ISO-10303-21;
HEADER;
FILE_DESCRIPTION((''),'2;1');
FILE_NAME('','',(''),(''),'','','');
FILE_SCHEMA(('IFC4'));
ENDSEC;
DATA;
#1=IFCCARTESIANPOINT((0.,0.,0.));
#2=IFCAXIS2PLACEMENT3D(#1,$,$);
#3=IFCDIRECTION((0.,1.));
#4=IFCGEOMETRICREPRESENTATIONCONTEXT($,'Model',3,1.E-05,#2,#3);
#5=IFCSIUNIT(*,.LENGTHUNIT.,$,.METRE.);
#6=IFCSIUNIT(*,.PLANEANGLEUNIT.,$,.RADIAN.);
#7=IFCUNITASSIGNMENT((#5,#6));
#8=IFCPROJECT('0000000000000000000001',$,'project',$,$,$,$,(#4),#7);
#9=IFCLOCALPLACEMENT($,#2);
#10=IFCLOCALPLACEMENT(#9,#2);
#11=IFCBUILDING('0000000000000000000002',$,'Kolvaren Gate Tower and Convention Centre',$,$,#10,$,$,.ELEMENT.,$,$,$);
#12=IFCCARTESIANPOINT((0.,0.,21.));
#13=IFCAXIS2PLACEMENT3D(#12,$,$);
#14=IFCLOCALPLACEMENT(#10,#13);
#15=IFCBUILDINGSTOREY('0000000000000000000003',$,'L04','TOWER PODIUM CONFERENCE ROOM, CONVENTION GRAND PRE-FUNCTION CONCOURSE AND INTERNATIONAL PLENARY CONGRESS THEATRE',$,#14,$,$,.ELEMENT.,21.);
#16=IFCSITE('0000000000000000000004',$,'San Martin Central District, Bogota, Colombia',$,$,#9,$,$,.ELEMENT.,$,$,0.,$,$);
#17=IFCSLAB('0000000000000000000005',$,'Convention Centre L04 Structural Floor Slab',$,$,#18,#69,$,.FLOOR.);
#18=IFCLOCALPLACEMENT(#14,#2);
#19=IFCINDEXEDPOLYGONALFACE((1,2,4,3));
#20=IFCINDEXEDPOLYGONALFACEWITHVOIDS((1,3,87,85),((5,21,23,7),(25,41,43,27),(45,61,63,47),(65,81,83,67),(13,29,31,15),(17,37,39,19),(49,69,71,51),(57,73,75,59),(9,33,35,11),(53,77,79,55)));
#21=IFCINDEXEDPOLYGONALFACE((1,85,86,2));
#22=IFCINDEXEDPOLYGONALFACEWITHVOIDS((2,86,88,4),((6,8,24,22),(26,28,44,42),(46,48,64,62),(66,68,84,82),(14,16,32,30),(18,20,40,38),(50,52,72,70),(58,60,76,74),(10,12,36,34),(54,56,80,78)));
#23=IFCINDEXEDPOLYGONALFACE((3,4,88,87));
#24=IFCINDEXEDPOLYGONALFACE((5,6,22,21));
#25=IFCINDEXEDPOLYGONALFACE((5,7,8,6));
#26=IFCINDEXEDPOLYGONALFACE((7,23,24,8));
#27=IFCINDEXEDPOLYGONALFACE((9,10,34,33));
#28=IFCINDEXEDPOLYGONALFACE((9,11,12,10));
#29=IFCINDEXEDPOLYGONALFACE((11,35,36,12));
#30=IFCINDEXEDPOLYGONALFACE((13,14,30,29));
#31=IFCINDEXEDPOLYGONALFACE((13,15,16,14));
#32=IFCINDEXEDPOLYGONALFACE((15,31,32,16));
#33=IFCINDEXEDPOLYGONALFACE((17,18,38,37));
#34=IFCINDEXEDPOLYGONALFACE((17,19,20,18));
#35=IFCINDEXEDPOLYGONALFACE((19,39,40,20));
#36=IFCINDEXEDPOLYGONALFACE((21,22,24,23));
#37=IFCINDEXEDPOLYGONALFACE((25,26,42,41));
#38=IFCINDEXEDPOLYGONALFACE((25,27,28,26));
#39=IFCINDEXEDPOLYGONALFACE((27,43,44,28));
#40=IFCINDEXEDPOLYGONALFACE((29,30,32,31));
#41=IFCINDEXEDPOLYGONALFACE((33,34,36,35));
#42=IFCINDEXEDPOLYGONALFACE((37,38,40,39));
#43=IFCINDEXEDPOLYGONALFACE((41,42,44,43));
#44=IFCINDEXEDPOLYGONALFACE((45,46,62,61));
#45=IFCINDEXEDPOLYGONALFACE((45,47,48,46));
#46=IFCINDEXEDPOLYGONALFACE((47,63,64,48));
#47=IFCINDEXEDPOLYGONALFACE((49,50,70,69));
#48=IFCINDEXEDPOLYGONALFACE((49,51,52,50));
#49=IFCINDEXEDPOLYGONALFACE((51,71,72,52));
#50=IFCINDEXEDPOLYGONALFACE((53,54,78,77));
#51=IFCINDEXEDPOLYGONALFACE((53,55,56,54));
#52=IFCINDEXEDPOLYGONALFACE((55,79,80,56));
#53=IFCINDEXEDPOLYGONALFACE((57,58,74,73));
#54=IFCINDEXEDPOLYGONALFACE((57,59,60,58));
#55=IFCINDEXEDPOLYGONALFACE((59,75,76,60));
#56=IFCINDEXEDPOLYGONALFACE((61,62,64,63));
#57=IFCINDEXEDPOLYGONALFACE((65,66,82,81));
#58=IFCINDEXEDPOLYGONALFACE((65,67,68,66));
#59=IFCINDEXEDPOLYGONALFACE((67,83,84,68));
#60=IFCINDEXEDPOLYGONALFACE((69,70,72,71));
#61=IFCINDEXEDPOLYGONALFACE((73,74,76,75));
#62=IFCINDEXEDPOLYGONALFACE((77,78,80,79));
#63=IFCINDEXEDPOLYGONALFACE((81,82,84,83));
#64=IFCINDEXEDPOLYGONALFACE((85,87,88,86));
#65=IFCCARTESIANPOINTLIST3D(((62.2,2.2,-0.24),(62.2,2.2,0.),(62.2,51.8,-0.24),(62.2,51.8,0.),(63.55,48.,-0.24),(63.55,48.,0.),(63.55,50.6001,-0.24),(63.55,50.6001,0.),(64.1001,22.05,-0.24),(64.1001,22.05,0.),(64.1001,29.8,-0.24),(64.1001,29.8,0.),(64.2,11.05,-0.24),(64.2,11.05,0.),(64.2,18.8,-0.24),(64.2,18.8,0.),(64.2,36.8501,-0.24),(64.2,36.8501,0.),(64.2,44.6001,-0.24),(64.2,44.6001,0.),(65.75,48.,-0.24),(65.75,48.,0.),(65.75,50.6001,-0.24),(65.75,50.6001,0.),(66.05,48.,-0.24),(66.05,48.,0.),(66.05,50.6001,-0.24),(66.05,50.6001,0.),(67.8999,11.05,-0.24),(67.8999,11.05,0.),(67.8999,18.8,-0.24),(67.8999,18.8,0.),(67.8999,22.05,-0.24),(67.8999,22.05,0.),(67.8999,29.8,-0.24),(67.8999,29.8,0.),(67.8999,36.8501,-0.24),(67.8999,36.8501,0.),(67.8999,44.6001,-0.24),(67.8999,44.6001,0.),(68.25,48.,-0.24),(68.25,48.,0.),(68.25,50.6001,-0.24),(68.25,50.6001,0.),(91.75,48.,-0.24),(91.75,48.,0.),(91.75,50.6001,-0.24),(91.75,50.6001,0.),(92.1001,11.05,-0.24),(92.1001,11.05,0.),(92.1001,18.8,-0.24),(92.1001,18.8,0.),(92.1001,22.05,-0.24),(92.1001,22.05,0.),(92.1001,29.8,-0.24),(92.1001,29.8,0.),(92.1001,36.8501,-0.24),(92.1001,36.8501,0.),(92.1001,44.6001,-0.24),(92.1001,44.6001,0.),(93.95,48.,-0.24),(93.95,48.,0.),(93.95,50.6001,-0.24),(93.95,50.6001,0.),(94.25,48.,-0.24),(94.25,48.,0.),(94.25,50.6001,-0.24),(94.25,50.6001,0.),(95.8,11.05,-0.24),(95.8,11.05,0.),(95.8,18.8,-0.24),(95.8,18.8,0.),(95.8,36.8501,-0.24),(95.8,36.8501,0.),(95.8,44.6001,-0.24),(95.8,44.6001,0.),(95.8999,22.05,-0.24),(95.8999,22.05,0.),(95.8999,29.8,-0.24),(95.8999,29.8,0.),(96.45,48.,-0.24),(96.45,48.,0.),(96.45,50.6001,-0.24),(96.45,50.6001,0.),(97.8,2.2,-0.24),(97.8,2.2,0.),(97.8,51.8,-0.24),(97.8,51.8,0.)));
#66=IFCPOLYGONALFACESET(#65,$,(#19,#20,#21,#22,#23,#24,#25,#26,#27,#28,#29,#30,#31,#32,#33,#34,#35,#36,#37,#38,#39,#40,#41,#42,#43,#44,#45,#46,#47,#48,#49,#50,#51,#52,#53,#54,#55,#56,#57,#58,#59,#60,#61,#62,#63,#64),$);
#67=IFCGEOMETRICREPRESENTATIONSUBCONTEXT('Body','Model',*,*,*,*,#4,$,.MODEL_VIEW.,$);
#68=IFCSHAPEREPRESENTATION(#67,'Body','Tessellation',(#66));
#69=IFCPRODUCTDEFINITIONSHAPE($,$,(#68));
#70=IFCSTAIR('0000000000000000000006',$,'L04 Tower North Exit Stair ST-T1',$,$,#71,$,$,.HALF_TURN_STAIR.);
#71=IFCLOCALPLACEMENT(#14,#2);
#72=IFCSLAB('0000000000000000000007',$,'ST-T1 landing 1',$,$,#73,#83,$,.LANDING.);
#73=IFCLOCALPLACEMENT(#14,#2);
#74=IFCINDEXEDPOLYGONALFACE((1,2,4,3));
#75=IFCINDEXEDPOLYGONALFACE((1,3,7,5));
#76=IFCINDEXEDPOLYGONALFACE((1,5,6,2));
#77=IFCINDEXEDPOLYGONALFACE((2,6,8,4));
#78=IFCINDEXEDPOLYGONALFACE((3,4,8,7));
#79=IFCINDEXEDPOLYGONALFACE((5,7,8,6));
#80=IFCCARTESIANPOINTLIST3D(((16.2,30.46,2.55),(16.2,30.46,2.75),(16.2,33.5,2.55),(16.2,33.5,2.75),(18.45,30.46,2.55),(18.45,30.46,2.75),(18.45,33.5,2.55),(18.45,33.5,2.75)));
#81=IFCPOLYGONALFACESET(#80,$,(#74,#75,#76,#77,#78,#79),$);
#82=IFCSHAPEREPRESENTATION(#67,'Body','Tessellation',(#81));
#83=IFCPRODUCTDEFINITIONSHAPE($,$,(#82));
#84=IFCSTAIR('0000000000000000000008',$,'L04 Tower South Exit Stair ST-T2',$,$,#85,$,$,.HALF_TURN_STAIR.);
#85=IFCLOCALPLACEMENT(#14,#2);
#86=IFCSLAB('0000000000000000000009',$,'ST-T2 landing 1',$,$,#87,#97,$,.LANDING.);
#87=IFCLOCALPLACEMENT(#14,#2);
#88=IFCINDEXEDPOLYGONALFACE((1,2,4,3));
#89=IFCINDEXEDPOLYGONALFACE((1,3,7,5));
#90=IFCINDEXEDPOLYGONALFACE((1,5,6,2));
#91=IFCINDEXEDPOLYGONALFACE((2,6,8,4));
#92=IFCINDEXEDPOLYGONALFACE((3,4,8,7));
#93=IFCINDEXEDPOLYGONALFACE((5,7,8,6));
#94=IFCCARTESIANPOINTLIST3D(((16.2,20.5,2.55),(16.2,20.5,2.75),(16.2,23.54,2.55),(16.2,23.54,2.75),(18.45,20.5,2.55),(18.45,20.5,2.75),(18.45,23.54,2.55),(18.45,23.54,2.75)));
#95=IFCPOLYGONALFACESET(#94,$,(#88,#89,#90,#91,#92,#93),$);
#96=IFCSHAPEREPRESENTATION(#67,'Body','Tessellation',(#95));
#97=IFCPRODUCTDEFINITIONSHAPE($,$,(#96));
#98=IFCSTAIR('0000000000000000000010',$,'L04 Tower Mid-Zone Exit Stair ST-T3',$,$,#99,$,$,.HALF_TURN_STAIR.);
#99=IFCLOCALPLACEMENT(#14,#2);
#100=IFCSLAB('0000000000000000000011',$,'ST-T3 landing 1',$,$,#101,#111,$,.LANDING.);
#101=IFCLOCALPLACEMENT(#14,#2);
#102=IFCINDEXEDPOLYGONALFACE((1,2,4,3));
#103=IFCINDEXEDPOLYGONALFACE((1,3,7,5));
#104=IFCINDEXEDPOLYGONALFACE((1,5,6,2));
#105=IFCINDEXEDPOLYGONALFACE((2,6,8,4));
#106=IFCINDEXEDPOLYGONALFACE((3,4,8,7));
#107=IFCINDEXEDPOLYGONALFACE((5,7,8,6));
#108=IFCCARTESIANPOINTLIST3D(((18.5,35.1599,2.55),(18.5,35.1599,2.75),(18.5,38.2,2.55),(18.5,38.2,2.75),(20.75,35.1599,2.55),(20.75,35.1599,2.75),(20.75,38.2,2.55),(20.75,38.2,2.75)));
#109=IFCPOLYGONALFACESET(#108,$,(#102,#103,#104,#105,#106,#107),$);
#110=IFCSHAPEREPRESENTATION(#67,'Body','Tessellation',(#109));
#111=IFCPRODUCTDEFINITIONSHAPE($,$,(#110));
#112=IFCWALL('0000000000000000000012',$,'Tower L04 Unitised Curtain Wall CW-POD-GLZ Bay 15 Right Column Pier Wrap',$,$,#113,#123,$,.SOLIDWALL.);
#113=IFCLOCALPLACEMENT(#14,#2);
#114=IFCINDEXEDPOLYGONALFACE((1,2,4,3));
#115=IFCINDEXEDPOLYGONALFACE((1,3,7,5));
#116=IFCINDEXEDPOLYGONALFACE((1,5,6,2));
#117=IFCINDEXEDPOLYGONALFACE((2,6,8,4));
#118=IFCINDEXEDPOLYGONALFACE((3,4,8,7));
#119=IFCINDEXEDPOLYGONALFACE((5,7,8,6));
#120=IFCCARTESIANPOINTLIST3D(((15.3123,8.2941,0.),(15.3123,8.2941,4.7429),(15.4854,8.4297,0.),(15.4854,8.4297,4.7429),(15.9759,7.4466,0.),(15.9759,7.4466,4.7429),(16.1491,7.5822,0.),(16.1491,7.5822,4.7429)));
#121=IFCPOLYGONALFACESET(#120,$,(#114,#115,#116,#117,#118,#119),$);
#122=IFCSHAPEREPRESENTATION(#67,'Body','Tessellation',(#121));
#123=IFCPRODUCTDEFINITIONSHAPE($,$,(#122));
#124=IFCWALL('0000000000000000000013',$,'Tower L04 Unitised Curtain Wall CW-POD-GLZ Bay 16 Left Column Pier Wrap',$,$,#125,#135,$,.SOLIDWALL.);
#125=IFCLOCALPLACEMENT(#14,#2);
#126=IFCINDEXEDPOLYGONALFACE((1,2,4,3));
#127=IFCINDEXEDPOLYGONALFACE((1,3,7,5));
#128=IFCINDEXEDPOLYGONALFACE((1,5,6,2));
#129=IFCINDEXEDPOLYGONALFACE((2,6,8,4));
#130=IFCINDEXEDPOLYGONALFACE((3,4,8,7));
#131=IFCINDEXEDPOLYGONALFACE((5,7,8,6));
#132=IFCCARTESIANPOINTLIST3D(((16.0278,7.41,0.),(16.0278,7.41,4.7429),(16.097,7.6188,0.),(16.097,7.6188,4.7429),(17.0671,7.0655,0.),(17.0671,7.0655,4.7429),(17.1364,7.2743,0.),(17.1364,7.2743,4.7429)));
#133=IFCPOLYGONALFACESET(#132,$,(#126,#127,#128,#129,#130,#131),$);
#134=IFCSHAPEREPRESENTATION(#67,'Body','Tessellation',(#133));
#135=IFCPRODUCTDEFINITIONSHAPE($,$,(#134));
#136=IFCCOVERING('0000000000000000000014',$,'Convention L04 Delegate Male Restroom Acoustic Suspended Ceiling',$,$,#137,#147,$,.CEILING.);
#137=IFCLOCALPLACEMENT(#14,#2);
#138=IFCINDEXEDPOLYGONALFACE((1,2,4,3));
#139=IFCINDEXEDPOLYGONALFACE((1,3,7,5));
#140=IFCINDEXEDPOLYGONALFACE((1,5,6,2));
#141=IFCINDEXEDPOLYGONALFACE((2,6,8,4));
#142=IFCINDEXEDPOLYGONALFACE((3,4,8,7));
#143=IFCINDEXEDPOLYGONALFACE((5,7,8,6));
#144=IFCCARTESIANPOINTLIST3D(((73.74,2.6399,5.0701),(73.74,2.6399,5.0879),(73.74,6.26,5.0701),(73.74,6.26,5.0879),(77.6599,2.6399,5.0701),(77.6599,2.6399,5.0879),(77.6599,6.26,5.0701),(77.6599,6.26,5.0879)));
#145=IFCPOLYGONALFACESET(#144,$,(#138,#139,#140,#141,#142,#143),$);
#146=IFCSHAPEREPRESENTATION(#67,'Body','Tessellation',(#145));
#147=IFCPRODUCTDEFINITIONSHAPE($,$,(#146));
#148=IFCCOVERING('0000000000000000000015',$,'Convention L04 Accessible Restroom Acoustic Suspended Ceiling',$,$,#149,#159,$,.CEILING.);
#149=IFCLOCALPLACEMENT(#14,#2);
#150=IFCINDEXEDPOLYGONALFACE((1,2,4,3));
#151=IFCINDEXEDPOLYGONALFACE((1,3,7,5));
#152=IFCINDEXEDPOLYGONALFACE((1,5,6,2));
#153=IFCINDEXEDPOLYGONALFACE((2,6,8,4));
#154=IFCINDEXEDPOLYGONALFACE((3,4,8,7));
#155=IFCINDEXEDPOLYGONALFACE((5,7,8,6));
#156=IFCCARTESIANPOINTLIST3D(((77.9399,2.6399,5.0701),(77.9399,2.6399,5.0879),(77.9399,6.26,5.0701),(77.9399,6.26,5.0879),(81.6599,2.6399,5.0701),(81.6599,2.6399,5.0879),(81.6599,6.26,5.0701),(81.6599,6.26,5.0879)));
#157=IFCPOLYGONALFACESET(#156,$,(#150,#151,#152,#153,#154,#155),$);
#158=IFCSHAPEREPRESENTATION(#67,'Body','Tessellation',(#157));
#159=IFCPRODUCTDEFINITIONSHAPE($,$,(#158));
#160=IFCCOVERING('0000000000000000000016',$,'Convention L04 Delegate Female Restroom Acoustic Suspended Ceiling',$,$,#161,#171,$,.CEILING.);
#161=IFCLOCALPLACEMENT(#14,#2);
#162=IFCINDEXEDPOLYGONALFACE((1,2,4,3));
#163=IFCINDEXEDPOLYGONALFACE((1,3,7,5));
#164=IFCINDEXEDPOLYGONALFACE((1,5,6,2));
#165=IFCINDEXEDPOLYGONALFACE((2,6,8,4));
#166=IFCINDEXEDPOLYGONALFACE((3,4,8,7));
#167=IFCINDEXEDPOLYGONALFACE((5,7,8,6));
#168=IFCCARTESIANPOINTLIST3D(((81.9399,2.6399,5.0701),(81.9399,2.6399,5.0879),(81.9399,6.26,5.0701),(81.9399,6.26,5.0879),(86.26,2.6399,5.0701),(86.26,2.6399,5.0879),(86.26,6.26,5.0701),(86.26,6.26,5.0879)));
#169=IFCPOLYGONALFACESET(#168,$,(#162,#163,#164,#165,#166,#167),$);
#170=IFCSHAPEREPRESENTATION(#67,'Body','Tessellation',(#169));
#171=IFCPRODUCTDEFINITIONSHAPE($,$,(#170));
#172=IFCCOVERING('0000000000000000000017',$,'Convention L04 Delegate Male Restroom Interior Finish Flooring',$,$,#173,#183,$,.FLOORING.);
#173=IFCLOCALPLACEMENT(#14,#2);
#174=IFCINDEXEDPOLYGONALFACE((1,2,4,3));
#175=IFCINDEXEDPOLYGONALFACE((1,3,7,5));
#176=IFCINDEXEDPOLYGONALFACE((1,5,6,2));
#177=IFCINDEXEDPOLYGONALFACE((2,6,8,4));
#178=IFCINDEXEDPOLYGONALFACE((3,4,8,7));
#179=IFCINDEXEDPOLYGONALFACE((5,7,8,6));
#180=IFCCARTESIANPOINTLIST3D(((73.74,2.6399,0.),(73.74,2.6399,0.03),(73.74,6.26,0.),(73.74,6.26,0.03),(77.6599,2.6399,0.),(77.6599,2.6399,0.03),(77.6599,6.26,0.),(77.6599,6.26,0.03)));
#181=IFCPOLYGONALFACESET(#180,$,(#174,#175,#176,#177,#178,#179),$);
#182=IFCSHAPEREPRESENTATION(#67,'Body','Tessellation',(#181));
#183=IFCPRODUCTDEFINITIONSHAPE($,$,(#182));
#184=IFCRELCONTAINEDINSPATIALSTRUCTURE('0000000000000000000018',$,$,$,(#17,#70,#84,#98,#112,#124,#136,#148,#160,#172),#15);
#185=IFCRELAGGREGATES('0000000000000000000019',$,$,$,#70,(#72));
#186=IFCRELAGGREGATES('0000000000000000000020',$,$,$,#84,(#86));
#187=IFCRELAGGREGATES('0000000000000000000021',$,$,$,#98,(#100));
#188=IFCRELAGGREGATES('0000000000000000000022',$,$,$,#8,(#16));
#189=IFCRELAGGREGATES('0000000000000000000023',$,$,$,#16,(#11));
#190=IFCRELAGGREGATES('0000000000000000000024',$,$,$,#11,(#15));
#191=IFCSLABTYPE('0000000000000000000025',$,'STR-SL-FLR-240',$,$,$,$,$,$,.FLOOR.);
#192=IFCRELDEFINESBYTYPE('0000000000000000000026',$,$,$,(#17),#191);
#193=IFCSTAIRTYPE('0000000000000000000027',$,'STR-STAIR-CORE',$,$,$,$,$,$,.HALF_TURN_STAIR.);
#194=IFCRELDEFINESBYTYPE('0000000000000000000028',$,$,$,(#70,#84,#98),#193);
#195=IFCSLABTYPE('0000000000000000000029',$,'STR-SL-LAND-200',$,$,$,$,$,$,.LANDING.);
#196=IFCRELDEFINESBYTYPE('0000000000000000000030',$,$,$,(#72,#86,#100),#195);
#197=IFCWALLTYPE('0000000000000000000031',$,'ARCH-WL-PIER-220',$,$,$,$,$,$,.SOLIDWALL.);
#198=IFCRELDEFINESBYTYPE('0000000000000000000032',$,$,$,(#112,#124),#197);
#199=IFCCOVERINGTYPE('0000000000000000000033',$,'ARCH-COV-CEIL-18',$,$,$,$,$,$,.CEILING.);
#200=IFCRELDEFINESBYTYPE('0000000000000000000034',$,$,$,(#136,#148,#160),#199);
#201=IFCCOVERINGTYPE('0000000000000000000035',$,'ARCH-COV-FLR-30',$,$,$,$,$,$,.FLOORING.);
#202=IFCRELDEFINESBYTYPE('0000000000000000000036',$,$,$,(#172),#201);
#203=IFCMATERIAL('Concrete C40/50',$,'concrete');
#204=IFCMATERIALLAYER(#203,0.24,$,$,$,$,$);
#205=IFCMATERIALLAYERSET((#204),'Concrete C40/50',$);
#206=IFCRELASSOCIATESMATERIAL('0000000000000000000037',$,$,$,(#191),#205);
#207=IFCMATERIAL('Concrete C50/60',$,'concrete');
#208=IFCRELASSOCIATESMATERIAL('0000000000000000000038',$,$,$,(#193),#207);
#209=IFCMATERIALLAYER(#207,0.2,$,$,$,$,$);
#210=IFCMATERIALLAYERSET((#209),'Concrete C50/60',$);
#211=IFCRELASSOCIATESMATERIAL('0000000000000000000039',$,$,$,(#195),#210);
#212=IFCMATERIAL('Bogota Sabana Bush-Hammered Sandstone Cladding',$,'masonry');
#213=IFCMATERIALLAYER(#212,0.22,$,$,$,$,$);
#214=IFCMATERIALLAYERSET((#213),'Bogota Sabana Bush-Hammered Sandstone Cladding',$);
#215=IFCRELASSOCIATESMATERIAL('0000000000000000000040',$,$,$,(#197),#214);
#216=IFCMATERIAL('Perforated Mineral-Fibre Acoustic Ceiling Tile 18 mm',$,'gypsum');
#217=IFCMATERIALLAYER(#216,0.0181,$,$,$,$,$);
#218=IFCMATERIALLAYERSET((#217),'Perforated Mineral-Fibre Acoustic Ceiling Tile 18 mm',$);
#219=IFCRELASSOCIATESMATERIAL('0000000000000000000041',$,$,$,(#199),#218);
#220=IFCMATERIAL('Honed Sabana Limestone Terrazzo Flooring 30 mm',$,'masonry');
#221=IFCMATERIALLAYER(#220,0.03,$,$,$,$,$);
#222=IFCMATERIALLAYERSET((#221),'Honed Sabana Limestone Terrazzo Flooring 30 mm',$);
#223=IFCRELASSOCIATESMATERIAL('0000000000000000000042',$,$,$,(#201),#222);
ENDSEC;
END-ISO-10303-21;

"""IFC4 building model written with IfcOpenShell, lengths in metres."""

from ifc_helpers import new_model, si_unit, direction, frame, frame_2d, origin, place, context, subcontext, project, spatial, polyline, rectangle, outline, extrude, material, layer, layer_set, type_object, element, aggregate, save


model = new_model("IFC4")

# Units and contexts
model_context = context("Model", 3, precision=1e-05, world=origin(), true_north=direction((0.0, 1.0)))
body_context = subcontext(model_context, "Body", "Model", "MODEL_VIEW")
ifc_project = project(units=[si_unit("LENGTHUNIT", "METRE"), si_unit("PLANEANGLEUNIT", "RADIAN")], contexts=[model_context])

# Site, building, storey
site_placement = place(None, origin())
site = spatial("IfcSite", under=ifc_project, at=site_placement, Name="San Martin Central District, Bogota, Colombia", CompositionType="ELEMENT", RefElevation=0.0)
building_placement = place(site_placement, origin())
building = spatial("IfcBuilding", under=site, at=building_placement, Name="Kolvaren Gate Tower and Convention Centre", CompositionType="ELEMENT")
storey_placement = place(building_placement, frame((0.0, 0.0, 21.0)))
storey = spatial("IfcBuildingStorey", under=building, at=storey_placement, Name="L04", Description="TOWER PODIUM CONFERENCE ROOM, CONVENTION GRAND PRE-FUNCTION CONCOURSE AND INTERNATIONAL PLENARY CONGRESS THEATRE", CompositionType="ELEMENT", Elevation=21.0)

# Slab
ifc_material_1 = material(Name="Concrete C40/50", Category="concrete")
ifc_layer_1 = layer(ifc_material_1, 0.24)
ifc_layer_set_1 = layer_set([ifc_layer_1], Name="Concrete C40/50")
slab_type_1 = type_object("IfcSlabType", Name="STR-SL-FLR-240", PredefinedType="FLOOR", material=ifc_layer_set_1)
slab_1_placement = place(storey_placement, frame((0.0, 0.0, -0.24)))
element("IfcSlab", 1, at=slab_1_placement, inside=storey, type_object=slab_type_1, Name="Convention Centre L04 Structural Floor Slab", PredefinedType="FLOOR", context=body_context, shape_type="SweptSolid", body=[
    extrude(outline(polyline([(62.2, 2.2), (97.8, 2.2), (97.8, 51.8), (62.2, 51.8), (62.2, 2.2)]), holes=[polyline([(94.25, 48.0), (94.25, 50.6001), (96.45, 50.6001), (96.45, 48.0), (94.25, 48.0)]), polyline([(95.8999, 22.05), (92.1001, 22.05), (92.1001, 29.8), (95.8999, 29.8), (95.8999, 22.05)]), polyline([(95.8, 18.8), (95.8, 11.05), (92.1001, 11.05), (92.1001, 18.8), (95.8, 18.8)]), polyline([(95.8, 44.6001), (95.8, 36.8501), (92.1001, 36.8501), (92.1001, 44.6001), (95.8, 44.6001)]), polyline([(91.75, 48.0), (91.75, 50.6001), (93.95, 50.6001), (93.95, 48.0), (91.75, 48.0)]), polyline([(68.25, 48.0), (66.05, 48.0), (66.05, 50.6001), (68.25, 50.6001), (68.25, 48.0)]), polyline([(67.8999, 18.8), (67.8999, 11.05), (64.2, 11.05), (64.2, 18.8), (67.8999, 18.8)]), polyline([(67.8999, 29.8), (67.8999, 22.05), (64.1001, 22.05), (64.1001, 29.8), (67.8999, 29.8)]), polyline([(67.8999, 36.8501), (64.2, 36.8501), (64.2, 44.6001), (67.8999, 44.6001), (67.8999, 36.8501)]), polyline([(65.75, 48.0), (63.55, 48.0), (63.55, 50.6001), (65.75, 50.6001), (65.75, 48.0)])]), origin(), (0.0, 0.0, 1.0), 0.24),
])

# Stairs, slabs
ifc_material_2 = material(Name="Concrete C50/60", Category="concrete")
stair_type = type_object("IfcStairType", Name="STR-STAIR-CORE", PredefinedType="HALF_TURN_STAIR", material=ifc_material_2)
stair_1_placement = place(storey_placement, origin())
stair_1 = element("IfcStair", 2, at=stair_1_placement, inside=storey, type_object=stair_type, Name="L04 Tower North Exit Stair ST-T1", PredefinedType="HALF_TURN_STAIR")
ifc_layer_2 = layer(ifc_material_2, 0.2)
ifc_layer_set_2 = layer_set([ifc_layer_2], Name="Concrete C50/60")
slab_type_2 = type_object("IfcSlabType", Name="STR-SL-LAND-200", PredefinedType="LANDING", material=ifc_layer_set_2)
slab_2_placement = place(storey_placement, frame((0.0, 0.0, 2.55)))
slab_2 = element("IfcSlab", 3, at=slab_2_placement, type_object=slab_type_2, Name="ST-T1 landing 1", PredefinedType="LANDING", context=body_context, shape_type="SweptSolid", body=[
    extrude(outline(polyline([(18.45, 33.5), (16.2, 33.5), (16.2, 30.46), (18.45, 30.46), (18.45, 33.5)])), origin(), (0.0, 0.0, 1.0), 0.2),
])
aggregate(stair_1, [slab_2])
stair_2_placement = place(storey_placement, origin())
stair_2 = element("IfcStair", 4, at=stair_2_placement, inside=storey, type_object=stair_type, Name="L04 Tower South Exit Stair ST-T2", PredefinedType="HALF_TURN_STAIR")
slab_3_placement = place(storey_placement, frame((0.0, 0.0, 2.55)))
slab_3 = element("IfcSlab", 5, at=slab_3_placement, type_object=slab_type_2, Name="ST-T2 landing 1", PredefinedType="LANDING", context=body_context, shape_type="SweptSolid", body=[
    extrude(outline(polyline([(18.45, 23.54), (16.2, 23.54), (16.2, 20.5), (18.45, 20.5), (18.45, 23.54)])), origin(), (0.0, 0.0, 1.0), 0.2),
])
aggregate(stair_2, [slab_3])
stair_3_placement = place(storey_placement, origin())
stair_3 = element("IfcStair", 6, at=stair_3_placement, inside=storey, type_object=stair_type, Name="L04 Tower Mid-Zone Exit Stair ST-T3", PredefinedType="HALF_TURN_STAIR")
slab_4_placement = place(storey_placement, frame((0.0, 0.0, 2.55)))
slab_4 = element("IfcSlab", 7, at=slab_4_placement, type_object=slab_type_2, Name="ST-T3 landing 1", PredefinedType="LANDING", context=body_context, shape_type="SweptSolid", body=[
    extrude(outline(polyline([(20.75, 38.2), (18.5, 38.2), (18.5, 35.1599), (20.75, 35.1599), (20.75, 38.2)])), origin(), (0.0, 0.0, 1.0), 0.2),
])
aggregate(stair_3, [slab_4])

# Walls
ifc_material_3 = material(Name="Bogota Sabana Bush-Hammered Sandstone Cladding", Category="masonry")
ifc_layer_3 = layer(ifc_material_3, 0.22)
ifc_layer_set_3 = layer_set([ifc_layer_3], Name="Bogota Sabana Bush-Hammered Sandstone Cladding")
wall_type = type_object("IfcWallType", Name="ARCH-WL-PIER-220", PredefinedType="SOLIDWALL", material=ifc_layer_set_3)
wall_1_placement = place(storey_placement, frame((15.3989, 8.3618, 0.0), z_axis=(0.0, 0.0, 1.0), x_axis=(0.616528, -0.787333, 0.0)))
element("IfcWall", 8, at=wall_1_placement, inside=storey, type_object=wall_type, Name="Tower L04 Unitised Curtain Wall CW-POD-GLZ Bay 15 Right Column Pier Wrap", PredefinedType="SOLIDWALL", context=body_context, shape_type="SweptSolid", body=[
    extrude(rectangle(XDim=1.0764, YDim=0.22, at=frame_2d((0.5381, 0.0))), origin(), (0.0, 0.0, 1.0), 4.7429),
])
wall_2_placement = place(storey_placement, frame((16.0625, 7.5144, 0.0), z_axis=(0.0, 0.0, 1.0), x_axis=(0.949217, -0.314622, 0.0)))
element("IfcWall", 9, at=wall_2_placement, inside=storey, type_object=wall_type, Name="Tower L04 Unitised Curtain Wall CW-POD-GLZ Bay 16 Left Column Pier Wrap", PredefinedType="SOLIDWALL", context=body_context, shape_type="SweptSolid", body=[
    extrude(rectangle(XDim=1.095, YDim=0.22, at=frame_2d((0.5474, 0.0))), origin(), (0.0, 0.0, 1.0), 4.7429),
])

# Coverings
ifc_material_4 = material(Name="Perforated Mineral-Fibre Acoustic Ceiling Tile 18 mm", Category="gypsum")
ifc_layer_4 = layer(ifc_material_4, 0.0181)
ifc_layer_set_4 = layer_set([ifc_layer_4], Name="Perforated Mineral-Fibre Acoustic Ceiling Tile 18 mm")
covering_type_1 = type_object("IfcCoveringType", Name="ARCH-COV-CEIL-18", PredefinedType="CEILING", material=ifc_layer_set_4)
covering_1_placement = place(storey_placement, frame((0.0, 0.0, 5.0701)))
element("IfcCovering", 10, at=covering_1_placement, inside=storey, type_object=covering_type_1, Name="Convention L04 Delegate Male Restroom Acoustic Suspended Ceiling", PredefinedType="CEILING", context=body_context, shape_type="SweptSolid", body=[
    extrude(outline(polyline([(73.74, 6.26), (77.6599, 6.26), (77.6599, 2.6399), (73.74, 2.6399), (73.74, 6.26)])), origin(), (0.0, 0.0, 1.0), 0.0178),
])
covering_2_placement = place(storey_placement, frame((0.0, 0.0, 5.0701)))
element("IfcCovering", 11, at=covering_2_placement, inside=storey, type_object=covering_type_1, Name="Convention L04 Accessible Restroom Acoustic Suspended Ceiling", PredefinedType="CEILING", context=body_context, shape_type="SweptSolid", body=[
    extrude(outline(polyline([(77.9399, 6.26), (81.6599, 6.26), (81.6599, 2.6399), (77.9399, 2.6399), (77.9399, 6.26)])), origin(), (0.0, 0.0, 1.0), 0.0178),
])
covering_3_placement = place(storey_placement, frame((0.0, 0.0, 5.0701)))
element("IfcCovering", 12, at=covering_3_placement, inside=storey, type_object=covering_type_1, Name="Convention L04 Delegate Female Restroom Acoustic Suspended Ceiling", PredefinedType="CEILING", context=body_context, shape_type="SweptSolid", body=[
    extrude(outline(polyline([(81.9399, 6.26), (86.26, 6.26), (86.26, 2.6399), (81.9399, 2.6399), (81.9399, 6.26)])), origin(), (0.0, 0.0, 1.0), 0.0178),
])
ifc_material_5 = material(Name="Honed Sabana Limestone Terrazzo Flooring 30 mm", Category="masonry")
ifc_layer_5 = layer(ifc_material_5, 0.03)
ifc_layer_set_5 = layer_set([ifc_layer_5], Name="Honed Sabana Limestone Terrazzo Flooring 30 mm")
covering_type_2 = type_object("IfcCoveringType", Name="ARCH-COV-FLR-30", PredefinedType="FLOORING", material=ifc_layer_set_5)
covering_4_placement = place(storey_placement, origin())
element("IfcCovering", 13, at=covering_4_placement, inside=storey, type_object=covering_type_2, Name="Convention L04 Delegate Male Restroom Interior Finish Flooring", PredefinedType="FLOORING", context=body_context, shape_type="SweptSolid", body=[
    extrude(outline(polyline([(73.74, 6.26), (77.6599, 6.26), (77.6599, 2.6399), (73.74, 2.6399), (73.74, 6.26)])), origin(), (0.0, 0.0, 1.0), 0.03),
])

save(model, "model.ifc")
